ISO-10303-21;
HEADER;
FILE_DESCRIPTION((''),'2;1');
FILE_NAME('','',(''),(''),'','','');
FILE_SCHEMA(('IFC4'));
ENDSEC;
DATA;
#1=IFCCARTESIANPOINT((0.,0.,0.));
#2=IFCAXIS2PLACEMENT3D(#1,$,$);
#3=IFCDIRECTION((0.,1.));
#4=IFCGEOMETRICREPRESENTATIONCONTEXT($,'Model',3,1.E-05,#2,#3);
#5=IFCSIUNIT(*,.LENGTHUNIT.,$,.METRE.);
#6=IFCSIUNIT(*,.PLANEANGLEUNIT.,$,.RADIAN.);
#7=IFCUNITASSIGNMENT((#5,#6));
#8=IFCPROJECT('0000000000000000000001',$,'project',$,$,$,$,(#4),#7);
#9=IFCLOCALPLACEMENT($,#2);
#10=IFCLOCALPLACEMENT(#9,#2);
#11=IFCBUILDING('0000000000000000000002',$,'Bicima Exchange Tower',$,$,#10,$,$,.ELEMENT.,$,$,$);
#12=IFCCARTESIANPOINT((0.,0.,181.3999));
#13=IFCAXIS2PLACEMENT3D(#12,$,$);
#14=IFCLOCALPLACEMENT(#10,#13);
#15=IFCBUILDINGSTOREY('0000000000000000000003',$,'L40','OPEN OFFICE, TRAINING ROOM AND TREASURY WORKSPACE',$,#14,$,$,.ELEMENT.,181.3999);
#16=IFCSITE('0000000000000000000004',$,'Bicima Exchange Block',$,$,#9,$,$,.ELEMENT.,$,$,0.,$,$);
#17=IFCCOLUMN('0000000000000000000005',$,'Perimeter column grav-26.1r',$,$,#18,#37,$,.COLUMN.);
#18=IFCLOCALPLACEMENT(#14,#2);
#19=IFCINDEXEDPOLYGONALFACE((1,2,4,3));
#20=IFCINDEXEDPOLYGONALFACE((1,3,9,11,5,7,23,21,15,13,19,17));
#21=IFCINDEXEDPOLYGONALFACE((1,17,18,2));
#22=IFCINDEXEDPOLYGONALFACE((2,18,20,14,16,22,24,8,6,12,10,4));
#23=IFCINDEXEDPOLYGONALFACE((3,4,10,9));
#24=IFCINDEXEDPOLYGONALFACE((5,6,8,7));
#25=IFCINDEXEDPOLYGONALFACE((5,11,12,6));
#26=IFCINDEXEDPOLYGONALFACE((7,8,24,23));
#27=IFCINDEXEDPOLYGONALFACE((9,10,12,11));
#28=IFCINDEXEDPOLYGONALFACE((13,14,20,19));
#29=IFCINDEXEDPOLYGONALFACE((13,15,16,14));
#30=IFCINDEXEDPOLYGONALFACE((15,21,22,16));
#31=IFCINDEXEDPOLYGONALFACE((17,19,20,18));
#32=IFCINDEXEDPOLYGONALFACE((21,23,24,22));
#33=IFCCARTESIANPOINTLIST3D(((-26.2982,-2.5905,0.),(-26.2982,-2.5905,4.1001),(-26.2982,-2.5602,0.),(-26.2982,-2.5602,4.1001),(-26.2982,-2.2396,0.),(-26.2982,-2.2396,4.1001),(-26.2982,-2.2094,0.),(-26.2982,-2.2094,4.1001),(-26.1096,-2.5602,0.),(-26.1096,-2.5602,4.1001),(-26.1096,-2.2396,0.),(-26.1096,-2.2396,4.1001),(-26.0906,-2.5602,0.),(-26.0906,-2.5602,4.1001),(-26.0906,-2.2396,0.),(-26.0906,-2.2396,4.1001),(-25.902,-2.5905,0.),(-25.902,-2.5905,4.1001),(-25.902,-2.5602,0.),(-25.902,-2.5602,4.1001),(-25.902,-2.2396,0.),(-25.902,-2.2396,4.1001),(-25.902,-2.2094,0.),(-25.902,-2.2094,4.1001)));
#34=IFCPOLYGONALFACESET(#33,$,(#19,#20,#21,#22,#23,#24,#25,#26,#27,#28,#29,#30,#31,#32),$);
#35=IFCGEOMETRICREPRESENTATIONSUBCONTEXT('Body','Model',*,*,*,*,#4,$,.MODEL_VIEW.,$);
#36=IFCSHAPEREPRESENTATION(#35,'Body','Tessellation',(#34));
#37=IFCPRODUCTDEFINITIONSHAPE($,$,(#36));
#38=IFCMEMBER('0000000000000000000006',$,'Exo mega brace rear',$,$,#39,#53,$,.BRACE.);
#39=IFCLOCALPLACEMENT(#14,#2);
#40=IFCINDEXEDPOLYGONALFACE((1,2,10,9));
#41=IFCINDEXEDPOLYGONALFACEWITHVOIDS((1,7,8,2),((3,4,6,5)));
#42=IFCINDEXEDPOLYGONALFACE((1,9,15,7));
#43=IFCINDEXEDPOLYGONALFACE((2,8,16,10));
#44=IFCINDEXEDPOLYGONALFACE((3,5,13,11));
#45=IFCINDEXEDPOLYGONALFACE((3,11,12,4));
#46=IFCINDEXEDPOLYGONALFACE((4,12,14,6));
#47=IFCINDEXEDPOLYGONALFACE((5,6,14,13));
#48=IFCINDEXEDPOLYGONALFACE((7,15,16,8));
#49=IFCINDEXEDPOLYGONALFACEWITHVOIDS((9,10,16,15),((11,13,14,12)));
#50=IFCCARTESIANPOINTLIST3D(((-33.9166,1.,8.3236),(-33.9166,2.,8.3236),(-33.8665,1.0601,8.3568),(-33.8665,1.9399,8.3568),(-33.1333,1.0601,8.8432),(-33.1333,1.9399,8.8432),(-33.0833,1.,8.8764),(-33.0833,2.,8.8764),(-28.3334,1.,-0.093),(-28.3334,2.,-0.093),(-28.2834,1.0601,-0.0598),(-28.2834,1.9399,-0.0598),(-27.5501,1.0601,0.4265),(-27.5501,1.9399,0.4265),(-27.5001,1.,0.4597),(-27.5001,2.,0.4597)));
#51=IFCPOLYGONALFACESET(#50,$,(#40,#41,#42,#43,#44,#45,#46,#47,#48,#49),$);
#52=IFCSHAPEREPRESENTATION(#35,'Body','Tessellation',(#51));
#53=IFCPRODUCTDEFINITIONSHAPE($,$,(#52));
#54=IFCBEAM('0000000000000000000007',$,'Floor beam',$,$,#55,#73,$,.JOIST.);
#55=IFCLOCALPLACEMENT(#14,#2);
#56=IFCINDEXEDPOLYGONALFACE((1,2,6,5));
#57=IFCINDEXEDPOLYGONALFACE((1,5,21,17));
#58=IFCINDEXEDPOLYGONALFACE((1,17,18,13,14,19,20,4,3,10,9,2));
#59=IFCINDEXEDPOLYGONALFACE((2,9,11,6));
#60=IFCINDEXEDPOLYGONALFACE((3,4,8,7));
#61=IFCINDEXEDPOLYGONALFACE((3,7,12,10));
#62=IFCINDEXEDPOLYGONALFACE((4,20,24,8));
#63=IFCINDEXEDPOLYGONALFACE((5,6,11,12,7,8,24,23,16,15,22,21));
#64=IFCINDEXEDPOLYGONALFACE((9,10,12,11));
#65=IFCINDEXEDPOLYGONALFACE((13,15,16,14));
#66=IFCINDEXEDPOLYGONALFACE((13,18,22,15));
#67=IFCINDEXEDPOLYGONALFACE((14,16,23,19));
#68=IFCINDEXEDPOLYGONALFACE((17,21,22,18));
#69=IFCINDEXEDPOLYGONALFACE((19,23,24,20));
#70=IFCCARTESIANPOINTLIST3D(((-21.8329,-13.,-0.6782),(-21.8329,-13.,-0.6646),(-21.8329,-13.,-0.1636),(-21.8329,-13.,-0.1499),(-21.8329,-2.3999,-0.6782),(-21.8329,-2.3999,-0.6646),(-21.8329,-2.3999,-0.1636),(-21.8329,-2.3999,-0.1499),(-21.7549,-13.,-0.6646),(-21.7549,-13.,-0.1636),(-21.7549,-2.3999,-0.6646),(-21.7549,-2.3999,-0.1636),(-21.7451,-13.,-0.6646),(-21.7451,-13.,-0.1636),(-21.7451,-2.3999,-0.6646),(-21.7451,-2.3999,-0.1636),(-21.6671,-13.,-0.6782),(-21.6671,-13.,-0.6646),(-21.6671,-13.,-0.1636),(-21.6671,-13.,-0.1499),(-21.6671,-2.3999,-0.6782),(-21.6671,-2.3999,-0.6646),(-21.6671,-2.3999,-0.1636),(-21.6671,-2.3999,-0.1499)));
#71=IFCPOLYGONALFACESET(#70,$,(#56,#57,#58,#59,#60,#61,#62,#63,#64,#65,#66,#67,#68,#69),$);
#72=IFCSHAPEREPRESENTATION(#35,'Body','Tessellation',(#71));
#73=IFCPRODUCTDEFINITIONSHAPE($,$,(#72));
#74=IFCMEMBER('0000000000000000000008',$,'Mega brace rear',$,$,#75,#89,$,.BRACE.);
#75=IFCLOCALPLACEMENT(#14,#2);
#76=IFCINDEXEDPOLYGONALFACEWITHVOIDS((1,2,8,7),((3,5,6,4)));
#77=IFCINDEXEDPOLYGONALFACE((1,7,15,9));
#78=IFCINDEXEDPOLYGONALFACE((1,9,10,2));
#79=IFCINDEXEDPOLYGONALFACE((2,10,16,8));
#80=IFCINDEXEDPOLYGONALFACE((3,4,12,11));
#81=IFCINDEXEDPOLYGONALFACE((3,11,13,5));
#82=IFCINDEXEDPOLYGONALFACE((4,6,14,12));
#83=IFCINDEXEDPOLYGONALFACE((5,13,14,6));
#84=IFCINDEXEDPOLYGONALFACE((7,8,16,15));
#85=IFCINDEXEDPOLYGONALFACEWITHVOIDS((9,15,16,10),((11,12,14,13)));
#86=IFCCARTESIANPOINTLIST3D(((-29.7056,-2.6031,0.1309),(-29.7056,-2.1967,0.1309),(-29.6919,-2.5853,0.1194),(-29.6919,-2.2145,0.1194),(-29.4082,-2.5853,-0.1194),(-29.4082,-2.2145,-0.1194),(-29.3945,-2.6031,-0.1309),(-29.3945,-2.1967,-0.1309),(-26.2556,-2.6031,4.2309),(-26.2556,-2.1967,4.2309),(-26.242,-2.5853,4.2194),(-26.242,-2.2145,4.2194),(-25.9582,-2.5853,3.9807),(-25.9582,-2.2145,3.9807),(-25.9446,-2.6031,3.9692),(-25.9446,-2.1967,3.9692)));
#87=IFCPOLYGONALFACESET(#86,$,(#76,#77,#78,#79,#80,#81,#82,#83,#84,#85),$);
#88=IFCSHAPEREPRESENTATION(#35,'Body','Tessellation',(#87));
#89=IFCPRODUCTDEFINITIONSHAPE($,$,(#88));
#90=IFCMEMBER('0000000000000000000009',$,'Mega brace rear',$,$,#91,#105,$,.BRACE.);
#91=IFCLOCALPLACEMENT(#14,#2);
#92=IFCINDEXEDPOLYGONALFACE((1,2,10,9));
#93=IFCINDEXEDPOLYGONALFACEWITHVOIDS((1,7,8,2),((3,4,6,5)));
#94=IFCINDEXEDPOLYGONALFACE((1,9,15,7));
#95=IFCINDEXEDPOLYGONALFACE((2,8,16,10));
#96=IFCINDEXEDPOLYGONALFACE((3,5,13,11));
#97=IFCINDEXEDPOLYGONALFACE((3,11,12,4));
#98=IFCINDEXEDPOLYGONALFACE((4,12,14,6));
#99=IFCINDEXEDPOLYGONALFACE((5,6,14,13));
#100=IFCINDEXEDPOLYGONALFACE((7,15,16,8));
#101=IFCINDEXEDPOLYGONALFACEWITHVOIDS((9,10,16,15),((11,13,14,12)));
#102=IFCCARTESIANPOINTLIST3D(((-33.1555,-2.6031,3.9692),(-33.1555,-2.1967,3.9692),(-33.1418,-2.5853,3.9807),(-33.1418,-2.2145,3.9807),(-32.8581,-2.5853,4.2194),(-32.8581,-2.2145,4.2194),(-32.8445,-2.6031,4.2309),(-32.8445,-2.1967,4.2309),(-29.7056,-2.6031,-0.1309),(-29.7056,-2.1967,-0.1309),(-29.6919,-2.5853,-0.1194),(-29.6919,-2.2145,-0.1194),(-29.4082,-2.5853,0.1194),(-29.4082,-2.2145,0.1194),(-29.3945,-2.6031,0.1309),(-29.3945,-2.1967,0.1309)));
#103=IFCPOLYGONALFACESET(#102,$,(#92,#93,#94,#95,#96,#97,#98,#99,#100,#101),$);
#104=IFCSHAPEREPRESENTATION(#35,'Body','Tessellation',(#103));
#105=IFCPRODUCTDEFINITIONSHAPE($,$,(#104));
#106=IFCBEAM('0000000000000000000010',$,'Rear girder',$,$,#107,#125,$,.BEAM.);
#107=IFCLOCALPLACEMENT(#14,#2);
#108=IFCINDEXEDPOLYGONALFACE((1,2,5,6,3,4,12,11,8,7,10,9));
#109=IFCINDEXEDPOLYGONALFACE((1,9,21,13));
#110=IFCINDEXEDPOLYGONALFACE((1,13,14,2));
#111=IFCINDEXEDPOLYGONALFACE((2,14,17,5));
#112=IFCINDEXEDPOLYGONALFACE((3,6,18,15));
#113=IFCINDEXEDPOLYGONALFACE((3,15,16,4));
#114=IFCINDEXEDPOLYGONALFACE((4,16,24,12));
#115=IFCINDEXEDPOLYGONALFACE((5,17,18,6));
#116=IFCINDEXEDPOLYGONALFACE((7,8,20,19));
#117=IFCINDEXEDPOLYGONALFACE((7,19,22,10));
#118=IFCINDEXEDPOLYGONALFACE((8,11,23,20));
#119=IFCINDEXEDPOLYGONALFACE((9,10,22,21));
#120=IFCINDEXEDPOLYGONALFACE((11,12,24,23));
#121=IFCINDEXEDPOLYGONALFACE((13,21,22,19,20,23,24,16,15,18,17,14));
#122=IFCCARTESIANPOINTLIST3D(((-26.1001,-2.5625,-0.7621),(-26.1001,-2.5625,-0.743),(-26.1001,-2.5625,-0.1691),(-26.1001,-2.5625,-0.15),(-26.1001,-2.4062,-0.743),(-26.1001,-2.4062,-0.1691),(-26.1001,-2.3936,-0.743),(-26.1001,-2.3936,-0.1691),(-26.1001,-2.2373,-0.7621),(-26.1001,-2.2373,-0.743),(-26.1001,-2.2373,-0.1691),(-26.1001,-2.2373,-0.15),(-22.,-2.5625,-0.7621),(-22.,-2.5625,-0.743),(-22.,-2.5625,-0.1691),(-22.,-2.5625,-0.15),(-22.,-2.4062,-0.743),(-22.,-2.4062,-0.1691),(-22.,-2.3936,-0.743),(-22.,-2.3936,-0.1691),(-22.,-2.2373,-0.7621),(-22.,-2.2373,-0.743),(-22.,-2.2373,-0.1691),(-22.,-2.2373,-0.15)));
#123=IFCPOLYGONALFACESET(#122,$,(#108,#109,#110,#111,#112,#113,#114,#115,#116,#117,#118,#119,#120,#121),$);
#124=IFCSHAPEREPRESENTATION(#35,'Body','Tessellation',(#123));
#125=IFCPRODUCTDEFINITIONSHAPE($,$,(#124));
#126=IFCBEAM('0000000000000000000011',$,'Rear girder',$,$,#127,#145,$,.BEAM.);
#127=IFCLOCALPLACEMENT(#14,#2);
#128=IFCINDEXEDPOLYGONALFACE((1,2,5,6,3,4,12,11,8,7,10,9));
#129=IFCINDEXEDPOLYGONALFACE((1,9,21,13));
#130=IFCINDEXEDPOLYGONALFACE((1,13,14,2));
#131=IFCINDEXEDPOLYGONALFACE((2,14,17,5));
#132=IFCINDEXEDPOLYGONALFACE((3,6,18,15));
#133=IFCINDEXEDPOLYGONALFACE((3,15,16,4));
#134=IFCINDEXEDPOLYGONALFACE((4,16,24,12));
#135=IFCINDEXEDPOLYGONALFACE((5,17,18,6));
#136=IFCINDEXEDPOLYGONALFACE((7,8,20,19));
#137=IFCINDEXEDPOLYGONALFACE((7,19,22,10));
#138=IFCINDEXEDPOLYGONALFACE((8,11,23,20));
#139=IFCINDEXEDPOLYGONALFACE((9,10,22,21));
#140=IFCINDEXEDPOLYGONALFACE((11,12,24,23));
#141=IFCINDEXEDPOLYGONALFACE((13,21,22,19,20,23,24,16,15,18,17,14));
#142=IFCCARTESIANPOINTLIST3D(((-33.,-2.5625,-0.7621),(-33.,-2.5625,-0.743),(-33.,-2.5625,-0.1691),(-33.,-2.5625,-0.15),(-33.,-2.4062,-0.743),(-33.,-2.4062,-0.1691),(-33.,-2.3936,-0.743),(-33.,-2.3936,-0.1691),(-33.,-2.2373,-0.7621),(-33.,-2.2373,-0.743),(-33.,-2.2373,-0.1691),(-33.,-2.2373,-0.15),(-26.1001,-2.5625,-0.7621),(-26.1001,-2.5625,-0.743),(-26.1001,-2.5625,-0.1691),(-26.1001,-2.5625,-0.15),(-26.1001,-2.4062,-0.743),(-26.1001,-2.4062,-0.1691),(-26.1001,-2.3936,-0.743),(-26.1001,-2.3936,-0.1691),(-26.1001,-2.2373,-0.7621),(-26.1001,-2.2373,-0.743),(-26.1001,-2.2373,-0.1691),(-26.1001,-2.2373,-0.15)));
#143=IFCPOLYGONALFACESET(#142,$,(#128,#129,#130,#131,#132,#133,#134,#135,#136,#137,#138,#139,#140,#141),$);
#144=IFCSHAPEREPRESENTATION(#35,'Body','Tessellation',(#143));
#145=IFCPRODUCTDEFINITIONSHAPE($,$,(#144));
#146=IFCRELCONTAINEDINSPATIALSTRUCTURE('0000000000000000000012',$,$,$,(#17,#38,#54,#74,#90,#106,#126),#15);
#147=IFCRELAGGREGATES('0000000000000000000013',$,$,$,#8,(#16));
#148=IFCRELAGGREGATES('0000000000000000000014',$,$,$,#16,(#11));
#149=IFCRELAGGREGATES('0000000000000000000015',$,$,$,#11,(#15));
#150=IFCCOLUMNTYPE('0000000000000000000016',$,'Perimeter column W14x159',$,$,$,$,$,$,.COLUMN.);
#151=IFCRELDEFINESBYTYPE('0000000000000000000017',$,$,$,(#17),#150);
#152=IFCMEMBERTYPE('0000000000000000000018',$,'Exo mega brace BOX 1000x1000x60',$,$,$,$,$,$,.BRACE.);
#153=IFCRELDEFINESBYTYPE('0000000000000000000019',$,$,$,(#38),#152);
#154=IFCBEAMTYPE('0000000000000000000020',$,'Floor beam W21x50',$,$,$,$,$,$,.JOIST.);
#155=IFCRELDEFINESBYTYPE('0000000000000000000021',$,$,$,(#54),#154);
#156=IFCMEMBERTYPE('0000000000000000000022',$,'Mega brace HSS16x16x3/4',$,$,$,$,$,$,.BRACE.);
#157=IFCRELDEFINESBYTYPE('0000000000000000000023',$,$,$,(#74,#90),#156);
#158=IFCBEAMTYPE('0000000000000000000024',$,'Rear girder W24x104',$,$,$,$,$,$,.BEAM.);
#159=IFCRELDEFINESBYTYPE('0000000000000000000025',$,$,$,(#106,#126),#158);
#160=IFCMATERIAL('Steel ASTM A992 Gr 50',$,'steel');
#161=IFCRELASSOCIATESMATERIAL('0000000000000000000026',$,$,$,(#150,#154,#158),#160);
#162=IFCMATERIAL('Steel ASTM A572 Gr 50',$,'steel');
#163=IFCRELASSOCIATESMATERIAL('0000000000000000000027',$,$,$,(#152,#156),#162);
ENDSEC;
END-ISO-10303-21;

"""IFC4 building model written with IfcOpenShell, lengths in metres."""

from ifc_helpers import new_model, si_unit, direction, frame, origin, origin_2d, place, context, subcontext, project, spatial, hollow_rectangle, i_section, extrude, material, material_profile, profile_set, type_object, element, save


model = new_model("IFC4")

# Units and contexts
model_context = context("Model", 3, precision=1e-05, world=origin(), true_north=direction((0.0, 1.0)))
body_context = subcontext(model_context, "Body", "Model", "MODEL_VIEW")
ifc_project = project(units=[si_unit("LENGTHUNIT", "METRE"), si_unit("PLANEANGLEUNIT", "RADIAN")], contexts=[model_context])

# Site, building, storey
site_placement = place(None, origin())
site = spatial("IfcSite", under=ifc_project, at=site_placement, Name="Bicima Exchange Block", CompositionType="ELEMENT", RefElevation=0.0)
building_placement = place(site_placement, origin())
building = spatial("IfcBuilding", under=site, at=building_placement, Name="Bicima Exchange Tower", CompositionType="ELEMENT")
storey_placement = place(building_placement, frame((0.0, 0.0, 181.3999)))
storey = spatial("IfcBuildingStorey", under=building, at=storey_placement, Name="L40", Description="OPEN OFFICE, TRAINING ROOM AND TREASURY WORKSPACE", CompositionType="ELEMENT", Elevation=181.3999)

# Column
ifc_material_1 = material(Name="Steel ASTM A992 Gr 50", Category="steel")
ifc_material_profile_1 = material_profile(ifc_material_1, i_section(OverallWidth=0.3962, OverallDepth=0.3811, WebThickness=0.019, FlangeThickness=0.0303, at=origin_2d()))
ifc_profile_set_1 = profile_set([ifc_material_profile_1], Name="Steel ASTM A992 Gr 50")
column_type = type_object("IfcColumnType", Name="Perimeter column W14x159", PredefinedType="COLUMN", material=ifc_profile_set_1)
column_placement = place(storey_placement, frame((-26.1001, -2.3999, 0.0), z_axis=(0.0, 0.0, 1.0), x_axis=(1.0, 0.0, 0.0)))
element("IfcColumn", 1, at=column_placement, inside=storey, type_object=column_type, Name="Perimeter column grav-26.1r", PredefinedType="COLUMN", context=body_context, shape_type="SweptSolid", body=[
    extrude(i_section(OverallWidth=0.3962, OverallDepth=0.3811, WebThickness=0.019, FlangeThickness=0.0303, at=origin_2d()), origin(), (0.0, 0.0, 1.0), 4.1001),
])

# Member
ifc_material_2 = material(Name="Steel ASTM A572 Gr 50", Category="steel")
ifc_material_profile_2 = material_profile(ifc_material_2, hollow_rectangle(XDim=1.0, YDim=1.0, WallThickness=0.0601, at=origin_2d()))
ifc_profile_set_2 = profile_set([ifc_material_profile_2], Name="Steel ASTM A572 Gr 50")
member_type_1 = type_object("IfcMemberType", Name="Exo mega brace BOX 1000x1000x60", PredefinedType="BRACE", material=ifc_profile_set_2)
member_placement = place(storey_placement, frame((-27.9167, 1.5, 0.1833), z_axis=(-0.552785, 0.0, 0.833324), x_axis=(0.0, -1.0, 0.0)))
element("IfcMember", 2, at=member_placement, inside=storey, type_object=member_type_1, Name="Exo mega brace rear", PredefinedType="BRACE", context=body_context, shape_type="SweptSolid", body=[
    extrude(hollow_rectangle(XDim=1.0, YDim=1.0, WallThickness=0.0601, at=origin_2d()), origin(), (0.0, 0.0, 1.0), 10.1001),
])

# Beam
ifc_material_profile_3 = material_profile(ifc_material_1, i_section(OverallWidth=0.1658, OverallDepth=0.5283, WebThickness=0.0098, FlangeThickness=0.0137, at=origin_2d()))
ifc_profile_set_3 = profile_set([ifc_material_profile_3], Name="Steel ASTM A992 Gr 50")
beam_type_1 = type_object("IfcBeamType", Name="Floor beam W21x50", PredefinedType="JOIST", material=ifc_profile_set_3)
beam_1_placement = place(storey_placement, frame((-21.75, -2.3999, -0.4141), z_axis=(0.0, -1.0, 0.0), x_axis=(1.0, 0.0, 0.0)))
element("IfcBeam", 3, at=beam_1_placement, inside=storey, type_object=beam_type_1, Name="Floor beam", PredefinedType="JOIST", context=body_context, shape_type="SweptSolid", body=[
    extrude(i_section(OverallWidth=0.1658, OverallDepth=0.5283, WebThickness=0.0098, FlangeThickness=0.0137, at=origin_2d()), origin(), (0.0, 0.0, 1.0), 10.6001),
])

# Members
ifc_material_profile_4 = material_profile(ifc_material_2, hollow_rectangle(XDim=0.4065, YDim=0.4065, WallThickness=0.0178, at=origin_2d()))
ifc_profile_set_4 = profile_set([ifc_material_profile_4], Name="Steel ASTM A572 Gr 50")
member_type_2 = type_object("IfcMemberType", Name="Mega brace HSS16x16x3/4", PredefinedType="BRACE", material=ifc_profile_set_4)
for number, where, z_axis, x_axis, name in (
    (4, (-29.55, -2.3999, 0.0), (0.643834, 0.0, 0.765165), (0.0, 1.0, 0.0), "Mega brace rear"),
    (5, (-29.55, -2.3999, 0.0), (-0.643834, 0.0, 0.765165), (0.0, -1.0, 0.0), "Mega brace rear"),
):
    element("IfcMember", number, at=place(storey_placement, frame(where, z_axis=z_axis, x_axis=x_axis)), inside=storey, type_object=member_type_2, Name=name, PredefinedType="BRACE", context=body_context, shape_type="SweptSolid", body=[
        extrude(hollow_rectangle(XDim=0.4065, YDim=0.4065, WallThickness=0.0178, at=origin_2d()), origin(), (0.0, 0.0, 1.0), 5.3584),
    ])

# Beams
ifc_material_profile_5 = material_profile(ifc_material_1, i_section(OverallWidth=0.3252, OverallDepth=0.6121, WebThickness=0.0127, FlangeThickness=0.019, at=origin_2d()))
ifc_profile_set_5 = profile_set([ifc_material_profile_5], Name="Steel ASTM A992 Gr 50")
beam_type_2 = type_object("IfcBeamType", Name="Rear girder W24x104", PredefinedType="BEAM", material=ifc_profile_set_5)
beam_2_placement = place(storey_placement, frame((-22.0, -2.3999, -0.4561), z_axis=(-1.0, 0.0, 0.0), x_axis=(0.0, -1.0, 0.0)))
element("IfcBeam", 6, at=beam_2_placement, inside=storey, type_object=beam_type_2, Name="Rear girder", PredefinedType="BEAM", context=body_context, shape_type="SweptSolid", body=[
    extrude(i_section(OverallWidth=0.3252, OverallDepth=0.6121, WebThickness=0.0127, FlangeThickness=0.019, at=origin_2d()), origin(), (0.0, 0.0, 1.0), 4.1001),
])
beam_3_placement = place(storey_placement, frame((-26.1001, -2.3999, -0.4561), z_axis=(-1.0, 0.0, 0.0), x_axis=(0.0, -1.0, 0.0)))
element("IfcBeam", 7, at=beam_3_placement, inside=storey, type_object=beam_type_2, Name="Rear girder", PredefinedType="BEAM", context=body_context, shape_type="SweptSolid", body=[
    extrude(i_section(OverallWidth=0.3252, OverallDepth=0.6121, WebThickness=0.0127, FlangeThickness=0.019, at=origin_2d()), origin(), (0.0, 0.0, 1.0), 6.8999),
])

save(model, "model.ifc")
